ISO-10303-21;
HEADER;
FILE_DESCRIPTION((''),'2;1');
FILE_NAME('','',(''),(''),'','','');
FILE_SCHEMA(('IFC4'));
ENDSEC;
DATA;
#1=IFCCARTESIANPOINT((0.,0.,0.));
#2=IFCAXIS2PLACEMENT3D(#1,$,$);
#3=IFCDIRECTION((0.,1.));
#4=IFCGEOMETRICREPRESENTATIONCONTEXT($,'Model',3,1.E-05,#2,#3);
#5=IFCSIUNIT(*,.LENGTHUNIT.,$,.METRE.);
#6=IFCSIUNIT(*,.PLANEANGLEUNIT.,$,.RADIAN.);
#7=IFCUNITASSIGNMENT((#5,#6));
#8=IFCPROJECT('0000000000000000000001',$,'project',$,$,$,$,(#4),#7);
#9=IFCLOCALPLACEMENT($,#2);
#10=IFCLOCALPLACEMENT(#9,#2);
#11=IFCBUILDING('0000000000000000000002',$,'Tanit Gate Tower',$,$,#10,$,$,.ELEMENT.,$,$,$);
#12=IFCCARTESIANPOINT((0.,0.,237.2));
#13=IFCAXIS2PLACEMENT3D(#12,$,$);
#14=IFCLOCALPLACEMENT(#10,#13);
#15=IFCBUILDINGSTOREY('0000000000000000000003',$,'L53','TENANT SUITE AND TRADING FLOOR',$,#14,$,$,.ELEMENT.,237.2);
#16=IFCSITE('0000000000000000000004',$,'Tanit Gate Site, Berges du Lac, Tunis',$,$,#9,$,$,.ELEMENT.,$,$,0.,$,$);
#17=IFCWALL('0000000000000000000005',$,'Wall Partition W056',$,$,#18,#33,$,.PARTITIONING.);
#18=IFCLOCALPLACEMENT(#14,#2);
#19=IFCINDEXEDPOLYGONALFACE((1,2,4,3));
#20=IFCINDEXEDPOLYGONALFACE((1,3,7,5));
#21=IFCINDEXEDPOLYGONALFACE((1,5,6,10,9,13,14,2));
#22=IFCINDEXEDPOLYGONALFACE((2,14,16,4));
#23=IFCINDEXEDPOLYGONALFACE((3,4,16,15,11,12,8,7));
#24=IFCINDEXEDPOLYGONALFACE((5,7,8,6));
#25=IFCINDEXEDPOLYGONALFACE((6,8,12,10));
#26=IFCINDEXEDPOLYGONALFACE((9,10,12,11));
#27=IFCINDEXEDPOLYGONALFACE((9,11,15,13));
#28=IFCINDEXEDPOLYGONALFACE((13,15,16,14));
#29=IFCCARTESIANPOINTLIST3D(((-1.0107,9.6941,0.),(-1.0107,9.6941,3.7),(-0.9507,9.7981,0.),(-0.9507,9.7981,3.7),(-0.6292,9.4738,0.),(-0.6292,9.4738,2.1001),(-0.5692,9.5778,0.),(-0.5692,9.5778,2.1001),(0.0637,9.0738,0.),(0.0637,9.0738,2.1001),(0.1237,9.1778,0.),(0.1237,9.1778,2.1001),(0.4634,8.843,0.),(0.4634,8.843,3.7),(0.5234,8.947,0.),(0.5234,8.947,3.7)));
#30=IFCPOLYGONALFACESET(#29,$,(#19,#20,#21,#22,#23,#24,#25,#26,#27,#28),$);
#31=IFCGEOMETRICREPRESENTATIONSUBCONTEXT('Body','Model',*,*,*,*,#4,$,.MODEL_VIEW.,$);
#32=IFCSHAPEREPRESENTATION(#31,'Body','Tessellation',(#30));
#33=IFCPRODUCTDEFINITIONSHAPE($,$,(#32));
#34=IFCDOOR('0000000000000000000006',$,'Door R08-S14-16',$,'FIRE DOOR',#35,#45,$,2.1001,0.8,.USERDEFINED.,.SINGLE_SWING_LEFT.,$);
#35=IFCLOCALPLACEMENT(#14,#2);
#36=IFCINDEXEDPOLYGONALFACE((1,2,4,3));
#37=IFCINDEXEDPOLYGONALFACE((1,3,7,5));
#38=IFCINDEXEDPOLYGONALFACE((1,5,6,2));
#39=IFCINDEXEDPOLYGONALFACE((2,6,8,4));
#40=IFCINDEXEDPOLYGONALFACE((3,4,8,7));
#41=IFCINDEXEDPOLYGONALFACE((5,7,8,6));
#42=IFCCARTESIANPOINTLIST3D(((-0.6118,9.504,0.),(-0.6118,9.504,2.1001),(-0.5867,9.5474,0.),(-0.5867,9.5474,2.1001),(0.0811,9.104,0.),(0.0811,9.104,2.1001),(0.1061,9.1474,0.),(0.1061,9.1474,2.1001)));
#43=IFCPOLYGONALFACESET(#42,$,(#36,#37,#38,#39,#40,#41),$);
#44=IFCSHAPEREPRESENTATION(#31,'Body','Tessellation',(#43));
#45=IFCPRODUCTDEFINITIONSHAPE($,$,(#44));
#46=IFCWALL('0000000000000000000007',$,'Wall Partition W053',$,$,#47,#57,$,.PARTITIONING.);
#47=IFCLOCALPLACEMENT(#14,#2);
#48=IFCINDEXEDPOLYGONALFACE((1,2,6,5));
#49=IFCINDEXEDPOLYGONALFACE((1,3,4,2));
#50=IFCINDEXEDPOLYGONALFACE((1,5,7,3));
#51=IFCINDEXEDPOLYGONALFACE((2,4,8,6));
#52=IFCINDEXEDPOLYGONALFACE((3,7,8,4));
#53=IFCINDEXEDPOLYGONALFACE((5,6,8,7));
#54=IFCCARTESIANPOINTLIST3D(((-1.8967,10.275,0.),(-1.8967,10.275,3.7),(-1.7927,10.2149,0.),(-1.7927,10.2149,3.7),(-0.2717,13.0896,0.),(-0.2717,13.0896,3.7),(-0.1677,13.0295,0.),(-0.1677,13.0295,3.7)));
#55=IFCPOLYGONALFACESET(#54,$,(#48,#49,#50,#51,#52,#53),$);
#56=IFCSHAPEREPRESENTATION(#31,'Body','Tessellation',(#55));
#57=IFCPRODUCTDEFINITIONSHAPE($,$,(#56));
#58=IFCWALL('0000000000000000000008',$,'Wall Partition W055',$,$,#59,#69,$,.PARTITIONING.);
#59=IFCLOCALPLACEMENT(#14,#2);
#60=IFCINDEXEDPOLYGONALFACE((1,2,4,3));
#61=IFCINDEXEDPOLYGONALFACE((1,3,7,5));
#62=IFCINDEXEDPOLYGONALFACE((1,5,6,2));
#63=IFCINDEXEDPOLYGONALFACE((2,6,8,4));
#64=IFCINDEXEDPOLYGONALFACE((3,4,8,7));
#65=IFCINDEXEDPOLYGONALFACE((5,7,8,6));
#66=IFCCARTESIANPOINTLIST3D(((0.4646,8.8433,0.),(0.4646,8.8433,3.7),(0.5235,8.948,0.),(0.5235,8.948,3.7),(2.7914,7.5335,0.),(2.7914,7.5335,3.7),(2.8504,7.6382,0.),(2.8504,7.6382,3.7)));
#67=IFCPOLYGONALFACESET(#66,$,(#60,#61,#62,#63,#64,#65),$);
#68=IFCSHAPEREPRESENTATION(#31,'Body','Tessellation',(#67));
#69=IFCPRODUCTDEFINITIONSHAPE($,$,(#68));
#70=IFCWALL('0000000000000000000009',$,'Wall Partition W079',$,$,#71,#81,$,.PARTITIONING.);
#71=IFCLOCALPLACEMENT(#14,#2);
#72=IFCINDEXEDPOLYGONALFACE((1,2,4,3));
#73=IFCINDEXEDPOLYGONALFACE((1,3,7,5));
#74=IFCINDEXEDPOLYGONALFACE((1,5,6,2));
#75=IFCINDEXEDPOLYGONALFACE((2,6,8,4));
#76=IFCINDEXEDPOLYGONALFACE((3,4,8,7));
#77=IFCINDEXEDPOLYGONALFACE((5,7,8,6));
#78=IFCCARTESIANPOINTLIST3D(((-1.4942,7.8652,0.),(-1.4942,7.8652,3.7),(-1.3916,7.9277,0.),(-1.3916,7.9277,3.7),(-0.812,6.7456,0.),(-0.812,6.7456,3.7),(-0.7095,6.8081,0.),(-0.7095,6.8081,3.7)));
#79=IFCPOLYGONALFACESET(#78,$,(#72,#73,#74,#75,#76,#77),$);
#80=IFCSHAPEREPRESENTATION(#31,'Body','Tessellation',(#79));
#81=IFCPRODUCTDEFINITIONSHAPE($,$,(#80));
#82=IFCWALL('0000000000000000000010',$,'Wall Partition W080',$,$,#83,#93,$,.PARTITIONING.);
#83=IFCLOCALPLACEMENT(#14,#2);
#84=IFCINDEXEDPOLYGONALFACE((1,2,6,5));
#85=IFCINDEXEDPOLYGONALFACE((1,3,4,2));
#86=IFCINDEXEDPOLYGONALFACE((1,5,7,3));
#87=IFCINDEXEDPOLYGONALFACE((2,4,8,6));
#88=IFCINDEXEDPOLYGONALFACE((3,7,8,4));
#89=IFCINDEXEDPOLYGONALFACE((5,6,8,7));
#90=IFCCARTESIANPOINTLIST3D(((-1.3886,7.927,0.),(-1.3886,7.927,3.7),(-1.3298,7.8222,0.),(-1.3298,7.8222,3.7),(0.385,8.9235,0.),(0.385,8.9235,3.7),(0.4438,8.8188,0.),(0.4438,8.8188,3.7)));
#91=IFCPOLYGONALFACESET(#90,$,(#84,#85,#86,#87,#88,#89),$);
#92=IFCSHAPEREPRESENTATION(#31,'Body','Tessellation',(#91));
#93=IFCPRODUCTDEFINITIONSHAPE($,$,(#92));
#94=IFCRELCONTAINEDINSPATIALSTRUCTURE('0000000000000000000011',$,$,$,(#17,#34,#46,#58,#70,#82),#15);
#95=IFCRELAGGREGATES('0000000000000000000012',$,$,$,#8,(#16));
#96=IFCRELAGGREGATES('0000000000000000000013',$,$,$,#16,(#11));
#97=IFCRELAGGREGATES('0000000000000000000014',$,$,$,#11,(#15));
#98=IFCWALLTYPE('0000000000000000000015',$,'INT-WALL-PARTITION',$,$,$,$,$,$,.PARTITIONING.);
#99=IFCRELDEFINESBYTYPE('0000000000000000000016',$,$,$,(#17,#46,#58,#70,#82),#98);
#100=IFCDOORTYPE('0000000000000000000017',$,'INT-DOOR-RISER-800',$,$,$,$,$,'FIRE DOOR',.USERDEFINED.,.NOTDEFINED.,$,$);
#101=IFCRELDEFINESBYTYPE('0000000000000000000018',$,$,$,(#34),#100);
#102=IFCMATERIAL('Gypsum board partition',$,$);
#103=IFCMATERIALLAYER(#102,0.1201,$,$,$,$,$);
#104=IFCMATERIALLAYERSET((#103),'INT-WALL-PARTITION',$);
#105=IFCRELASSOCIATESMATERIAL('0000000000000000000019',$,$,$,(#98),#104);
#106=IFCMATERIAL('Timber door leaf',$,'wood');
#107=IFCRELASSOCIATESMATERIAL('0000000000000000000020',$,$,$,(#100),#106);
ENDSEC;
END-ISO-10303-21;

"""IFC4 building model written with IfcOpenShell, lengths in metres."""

from ifc_helpers import new_model, si_unit, direction, frame, frame_2d, origin, place, context, subcontext, project, spatial, rectangle, extrude, material, layer, layer_set, type_object, element, fill, save


model = new_model("IFC4")

# Units and contexts
model_context = context("Model", 3, precision=1e-05, world=origin(), true_north=direction((0.0, 1.0)))
body_context = subcontext(model_context, "Body", "Model", "MODEL_VIEW")
ifc_project = project(units=[si_unit("LENGTHUNIT", "METRE"), si_unit("PLANEANGLEUNIT", "RADIAN")], contexts=[model_context])

# Site, building, storey
site_placement = place(None, origin())
site = spatial("IfcSite", under=ifc_project, at=site_placement, Name="Tanit Gate Site, Berges du Lac, Tunis", CompositionType="ELEMENT", RefElevation=0.0)
building_placement = place(site_placement, origin())
building = spatial("IfcBuilding", under=site, at=building_placement, Name="Tanit Gate Tower", CompositionType="ELEMENT")
storey_placement = place(building_placement, frame((0.0, 0.0, 237.2)))
storey = spatial("IfcBuildingStorey", under=building, at=storey_placement, Name="L53", Description="TENANT SUITE AND TRADING FLOOR", CompositionType="ELEMENT", Elevation=237.2)

# Shared definitions
ifc_material_1 = material(Name="Gypsum board partition")
ifc_layer_1 = layer(ifc_material_1, 0.1201)
ifc_layer_set_1 = layer_set([ifc_layer_1], Name="INT-WALL-PARTITION")
wall_type_1 = type_object("IfcWallType", Name="INT-WALL-PARTITION", PredefinedType="PARTITIONING", material=ifc_layer_set_1)

# Wall, opening, door
wall_1_placement = place(storey_placement, frame((-0.9807, 9.7461, 0.0), z_axis=(0.0, 0.0, 1.0), x_axis=(0.866028, -0.499996, 0.0)))
wall_1 = element("IfcWall", 1, at=wall_1_placement, inside=storey, type_object=wall_type_1, Name="Wall Partition W056", PredefinedType="PARTITIONING", context=body_context, shape_type="SweptSolid", body=[
    extrude(rectangle(XDim=1.7021, YDim=0.1201, at=frame_2d((0.8511, 0.0))), origin(), (0.0, 0.0, 1.0), 3.7),
])
opening_1_placement = place(wall_1_placement, frame((0.4407, 0.0, 0.0)))
opening_1 = element("IfcOpeningElement", 2, at=opening_1_placement, cuts=wall_1, PredefinedType="OPENING", context=body_context, shape_type="SweptSolid", body=[
    extrude(rectangle(XDim=0.8, YDim=2.1001, at=frame_2d((0.3999, 1.05))), frame((0.0, 0.0701, 0.0), z_axis=(0.0, -1.0, 0.0), x_axis=(1.0, 0.0, 0.0)), (0.0, 0.0, 1.0), 0.1401),
])
ifc_material_2 = material(Name="Timber door leaf", Category="wood")
door_type_1 = type_object("IfcDoorType", Name="INT-DOOR-RISER-800", ElementType="FIRE DOOR", OperationType="NOTDEFINED", PredefinedType="USERDEFINED", material=ifc_material_2)
door_1_placement = place(opening_1_placement, origin())
door_1 = element("IfcDoor", 3, at=door_1_placement, inside=storey, type_object=door_type_1, Name="Door R08-S14-16", ObjectType="FIRE DOOR", OperationType="SINGLE_SWING_LEFT", OverallHeight=2.1001, OverallWidth=0.8, PredefinedType="USERDEFINED", context=body_context, shape_type="SweptSolid", body=[
    extrude(rectangle(XDim=0.8, YDim=2.1001, at=frame_2d((0.3999, 1.05))), frame((0.0, 0.0249, 0.0), z_axis=(0.0, -1.0, 0.0), x_axis=(1.0, 0.0, 0.0)), (0.0, 0.0, 1.0), 0.05),
])
fill(opening_1, door_1)

# Walls
wall_2_placement = place(storey_placement, frame((-0.2197, 13.0596, 0.0), z_axis=(0.0, 0.0, 1.0), x_axis=(-0.499985, -0.866034, 0.0)))
element("IfcWall", 4, at=wall_2_placement, inside=storey, type_object=wall_type_1, Name="Wall Partition W053", PredefinedType="PARTITIONING", context=body_context, shape_type="SweptSolid", body=[
    extrude(rectangle(XDim=3.25, YDim=0.1201, at=frame_2d((1.625, 0.0))), origin(), (0.0, 0.0, 1.0), 3.7),
])
wall_3_placement = place(storey_placement, frame((2.8208, 7.5859, 0.0), z_axis=(0.0, 0.0, 1.0), x_axis=(-0.871427, 0.490526, 0.0)))
element("IfcWall", 5, at=wall_3_placement, inside=storey, type_object=wall_type_1, Name="Wall Partition W055", PredefinedType="PARTITIONING", context=body_context, shape_type="SweptSolid", body=[
    extrude(rectangle(XDim=2.6702, YDim=0.1201, at=frame_2d((1.335, 0.0))), origin(), (0.0, 0.0, 1.0), 3.7),
])
wall_4_placement = place(storey_placement, frame((-1.4429, 7.8965, 0.0), z_axis=(0.0, 0.0, 1.0), x_axis=(0.52029, -0.85399, 0.0)))
element("IfcWall", 6, at=wall_4_placement, inside=storey, type_object=wall_type_1, Name="Wall Partition W079", PredefinedType="PARTITIONING", context=body_context, shape_type="SweptSolid", body=[
    extrude(rectangle(XDim=1.311, YDim=0.1201, at=frame_2d((0.6555, 0.0))), origin(), (0.0, 0.0, 1.0), 3.7),
])
wall_5_placement = place(storey_placement, frame((0.4143, 8.8711, 0.0), z_axis=(0.0, 0.0, 1.0), x_axis=(-0.871809, -0.489845, 0.0)))
element("IfcWall", 7, at=wall_5_placement, inside=storey, type_object=wall_type_1, Name="Wall Partition W080", PredefinedType="PARTITIONING", context=body_context, shape_type="SweptSolid", body=[
    extrude(rectangle(XDim=2.0344, YDim=0.1201, at=frame_2d((1.0171, 0.0))), origin(), (0.0, 0.0, 1.0), 3.7),
])

save(model, "model.ifc")
